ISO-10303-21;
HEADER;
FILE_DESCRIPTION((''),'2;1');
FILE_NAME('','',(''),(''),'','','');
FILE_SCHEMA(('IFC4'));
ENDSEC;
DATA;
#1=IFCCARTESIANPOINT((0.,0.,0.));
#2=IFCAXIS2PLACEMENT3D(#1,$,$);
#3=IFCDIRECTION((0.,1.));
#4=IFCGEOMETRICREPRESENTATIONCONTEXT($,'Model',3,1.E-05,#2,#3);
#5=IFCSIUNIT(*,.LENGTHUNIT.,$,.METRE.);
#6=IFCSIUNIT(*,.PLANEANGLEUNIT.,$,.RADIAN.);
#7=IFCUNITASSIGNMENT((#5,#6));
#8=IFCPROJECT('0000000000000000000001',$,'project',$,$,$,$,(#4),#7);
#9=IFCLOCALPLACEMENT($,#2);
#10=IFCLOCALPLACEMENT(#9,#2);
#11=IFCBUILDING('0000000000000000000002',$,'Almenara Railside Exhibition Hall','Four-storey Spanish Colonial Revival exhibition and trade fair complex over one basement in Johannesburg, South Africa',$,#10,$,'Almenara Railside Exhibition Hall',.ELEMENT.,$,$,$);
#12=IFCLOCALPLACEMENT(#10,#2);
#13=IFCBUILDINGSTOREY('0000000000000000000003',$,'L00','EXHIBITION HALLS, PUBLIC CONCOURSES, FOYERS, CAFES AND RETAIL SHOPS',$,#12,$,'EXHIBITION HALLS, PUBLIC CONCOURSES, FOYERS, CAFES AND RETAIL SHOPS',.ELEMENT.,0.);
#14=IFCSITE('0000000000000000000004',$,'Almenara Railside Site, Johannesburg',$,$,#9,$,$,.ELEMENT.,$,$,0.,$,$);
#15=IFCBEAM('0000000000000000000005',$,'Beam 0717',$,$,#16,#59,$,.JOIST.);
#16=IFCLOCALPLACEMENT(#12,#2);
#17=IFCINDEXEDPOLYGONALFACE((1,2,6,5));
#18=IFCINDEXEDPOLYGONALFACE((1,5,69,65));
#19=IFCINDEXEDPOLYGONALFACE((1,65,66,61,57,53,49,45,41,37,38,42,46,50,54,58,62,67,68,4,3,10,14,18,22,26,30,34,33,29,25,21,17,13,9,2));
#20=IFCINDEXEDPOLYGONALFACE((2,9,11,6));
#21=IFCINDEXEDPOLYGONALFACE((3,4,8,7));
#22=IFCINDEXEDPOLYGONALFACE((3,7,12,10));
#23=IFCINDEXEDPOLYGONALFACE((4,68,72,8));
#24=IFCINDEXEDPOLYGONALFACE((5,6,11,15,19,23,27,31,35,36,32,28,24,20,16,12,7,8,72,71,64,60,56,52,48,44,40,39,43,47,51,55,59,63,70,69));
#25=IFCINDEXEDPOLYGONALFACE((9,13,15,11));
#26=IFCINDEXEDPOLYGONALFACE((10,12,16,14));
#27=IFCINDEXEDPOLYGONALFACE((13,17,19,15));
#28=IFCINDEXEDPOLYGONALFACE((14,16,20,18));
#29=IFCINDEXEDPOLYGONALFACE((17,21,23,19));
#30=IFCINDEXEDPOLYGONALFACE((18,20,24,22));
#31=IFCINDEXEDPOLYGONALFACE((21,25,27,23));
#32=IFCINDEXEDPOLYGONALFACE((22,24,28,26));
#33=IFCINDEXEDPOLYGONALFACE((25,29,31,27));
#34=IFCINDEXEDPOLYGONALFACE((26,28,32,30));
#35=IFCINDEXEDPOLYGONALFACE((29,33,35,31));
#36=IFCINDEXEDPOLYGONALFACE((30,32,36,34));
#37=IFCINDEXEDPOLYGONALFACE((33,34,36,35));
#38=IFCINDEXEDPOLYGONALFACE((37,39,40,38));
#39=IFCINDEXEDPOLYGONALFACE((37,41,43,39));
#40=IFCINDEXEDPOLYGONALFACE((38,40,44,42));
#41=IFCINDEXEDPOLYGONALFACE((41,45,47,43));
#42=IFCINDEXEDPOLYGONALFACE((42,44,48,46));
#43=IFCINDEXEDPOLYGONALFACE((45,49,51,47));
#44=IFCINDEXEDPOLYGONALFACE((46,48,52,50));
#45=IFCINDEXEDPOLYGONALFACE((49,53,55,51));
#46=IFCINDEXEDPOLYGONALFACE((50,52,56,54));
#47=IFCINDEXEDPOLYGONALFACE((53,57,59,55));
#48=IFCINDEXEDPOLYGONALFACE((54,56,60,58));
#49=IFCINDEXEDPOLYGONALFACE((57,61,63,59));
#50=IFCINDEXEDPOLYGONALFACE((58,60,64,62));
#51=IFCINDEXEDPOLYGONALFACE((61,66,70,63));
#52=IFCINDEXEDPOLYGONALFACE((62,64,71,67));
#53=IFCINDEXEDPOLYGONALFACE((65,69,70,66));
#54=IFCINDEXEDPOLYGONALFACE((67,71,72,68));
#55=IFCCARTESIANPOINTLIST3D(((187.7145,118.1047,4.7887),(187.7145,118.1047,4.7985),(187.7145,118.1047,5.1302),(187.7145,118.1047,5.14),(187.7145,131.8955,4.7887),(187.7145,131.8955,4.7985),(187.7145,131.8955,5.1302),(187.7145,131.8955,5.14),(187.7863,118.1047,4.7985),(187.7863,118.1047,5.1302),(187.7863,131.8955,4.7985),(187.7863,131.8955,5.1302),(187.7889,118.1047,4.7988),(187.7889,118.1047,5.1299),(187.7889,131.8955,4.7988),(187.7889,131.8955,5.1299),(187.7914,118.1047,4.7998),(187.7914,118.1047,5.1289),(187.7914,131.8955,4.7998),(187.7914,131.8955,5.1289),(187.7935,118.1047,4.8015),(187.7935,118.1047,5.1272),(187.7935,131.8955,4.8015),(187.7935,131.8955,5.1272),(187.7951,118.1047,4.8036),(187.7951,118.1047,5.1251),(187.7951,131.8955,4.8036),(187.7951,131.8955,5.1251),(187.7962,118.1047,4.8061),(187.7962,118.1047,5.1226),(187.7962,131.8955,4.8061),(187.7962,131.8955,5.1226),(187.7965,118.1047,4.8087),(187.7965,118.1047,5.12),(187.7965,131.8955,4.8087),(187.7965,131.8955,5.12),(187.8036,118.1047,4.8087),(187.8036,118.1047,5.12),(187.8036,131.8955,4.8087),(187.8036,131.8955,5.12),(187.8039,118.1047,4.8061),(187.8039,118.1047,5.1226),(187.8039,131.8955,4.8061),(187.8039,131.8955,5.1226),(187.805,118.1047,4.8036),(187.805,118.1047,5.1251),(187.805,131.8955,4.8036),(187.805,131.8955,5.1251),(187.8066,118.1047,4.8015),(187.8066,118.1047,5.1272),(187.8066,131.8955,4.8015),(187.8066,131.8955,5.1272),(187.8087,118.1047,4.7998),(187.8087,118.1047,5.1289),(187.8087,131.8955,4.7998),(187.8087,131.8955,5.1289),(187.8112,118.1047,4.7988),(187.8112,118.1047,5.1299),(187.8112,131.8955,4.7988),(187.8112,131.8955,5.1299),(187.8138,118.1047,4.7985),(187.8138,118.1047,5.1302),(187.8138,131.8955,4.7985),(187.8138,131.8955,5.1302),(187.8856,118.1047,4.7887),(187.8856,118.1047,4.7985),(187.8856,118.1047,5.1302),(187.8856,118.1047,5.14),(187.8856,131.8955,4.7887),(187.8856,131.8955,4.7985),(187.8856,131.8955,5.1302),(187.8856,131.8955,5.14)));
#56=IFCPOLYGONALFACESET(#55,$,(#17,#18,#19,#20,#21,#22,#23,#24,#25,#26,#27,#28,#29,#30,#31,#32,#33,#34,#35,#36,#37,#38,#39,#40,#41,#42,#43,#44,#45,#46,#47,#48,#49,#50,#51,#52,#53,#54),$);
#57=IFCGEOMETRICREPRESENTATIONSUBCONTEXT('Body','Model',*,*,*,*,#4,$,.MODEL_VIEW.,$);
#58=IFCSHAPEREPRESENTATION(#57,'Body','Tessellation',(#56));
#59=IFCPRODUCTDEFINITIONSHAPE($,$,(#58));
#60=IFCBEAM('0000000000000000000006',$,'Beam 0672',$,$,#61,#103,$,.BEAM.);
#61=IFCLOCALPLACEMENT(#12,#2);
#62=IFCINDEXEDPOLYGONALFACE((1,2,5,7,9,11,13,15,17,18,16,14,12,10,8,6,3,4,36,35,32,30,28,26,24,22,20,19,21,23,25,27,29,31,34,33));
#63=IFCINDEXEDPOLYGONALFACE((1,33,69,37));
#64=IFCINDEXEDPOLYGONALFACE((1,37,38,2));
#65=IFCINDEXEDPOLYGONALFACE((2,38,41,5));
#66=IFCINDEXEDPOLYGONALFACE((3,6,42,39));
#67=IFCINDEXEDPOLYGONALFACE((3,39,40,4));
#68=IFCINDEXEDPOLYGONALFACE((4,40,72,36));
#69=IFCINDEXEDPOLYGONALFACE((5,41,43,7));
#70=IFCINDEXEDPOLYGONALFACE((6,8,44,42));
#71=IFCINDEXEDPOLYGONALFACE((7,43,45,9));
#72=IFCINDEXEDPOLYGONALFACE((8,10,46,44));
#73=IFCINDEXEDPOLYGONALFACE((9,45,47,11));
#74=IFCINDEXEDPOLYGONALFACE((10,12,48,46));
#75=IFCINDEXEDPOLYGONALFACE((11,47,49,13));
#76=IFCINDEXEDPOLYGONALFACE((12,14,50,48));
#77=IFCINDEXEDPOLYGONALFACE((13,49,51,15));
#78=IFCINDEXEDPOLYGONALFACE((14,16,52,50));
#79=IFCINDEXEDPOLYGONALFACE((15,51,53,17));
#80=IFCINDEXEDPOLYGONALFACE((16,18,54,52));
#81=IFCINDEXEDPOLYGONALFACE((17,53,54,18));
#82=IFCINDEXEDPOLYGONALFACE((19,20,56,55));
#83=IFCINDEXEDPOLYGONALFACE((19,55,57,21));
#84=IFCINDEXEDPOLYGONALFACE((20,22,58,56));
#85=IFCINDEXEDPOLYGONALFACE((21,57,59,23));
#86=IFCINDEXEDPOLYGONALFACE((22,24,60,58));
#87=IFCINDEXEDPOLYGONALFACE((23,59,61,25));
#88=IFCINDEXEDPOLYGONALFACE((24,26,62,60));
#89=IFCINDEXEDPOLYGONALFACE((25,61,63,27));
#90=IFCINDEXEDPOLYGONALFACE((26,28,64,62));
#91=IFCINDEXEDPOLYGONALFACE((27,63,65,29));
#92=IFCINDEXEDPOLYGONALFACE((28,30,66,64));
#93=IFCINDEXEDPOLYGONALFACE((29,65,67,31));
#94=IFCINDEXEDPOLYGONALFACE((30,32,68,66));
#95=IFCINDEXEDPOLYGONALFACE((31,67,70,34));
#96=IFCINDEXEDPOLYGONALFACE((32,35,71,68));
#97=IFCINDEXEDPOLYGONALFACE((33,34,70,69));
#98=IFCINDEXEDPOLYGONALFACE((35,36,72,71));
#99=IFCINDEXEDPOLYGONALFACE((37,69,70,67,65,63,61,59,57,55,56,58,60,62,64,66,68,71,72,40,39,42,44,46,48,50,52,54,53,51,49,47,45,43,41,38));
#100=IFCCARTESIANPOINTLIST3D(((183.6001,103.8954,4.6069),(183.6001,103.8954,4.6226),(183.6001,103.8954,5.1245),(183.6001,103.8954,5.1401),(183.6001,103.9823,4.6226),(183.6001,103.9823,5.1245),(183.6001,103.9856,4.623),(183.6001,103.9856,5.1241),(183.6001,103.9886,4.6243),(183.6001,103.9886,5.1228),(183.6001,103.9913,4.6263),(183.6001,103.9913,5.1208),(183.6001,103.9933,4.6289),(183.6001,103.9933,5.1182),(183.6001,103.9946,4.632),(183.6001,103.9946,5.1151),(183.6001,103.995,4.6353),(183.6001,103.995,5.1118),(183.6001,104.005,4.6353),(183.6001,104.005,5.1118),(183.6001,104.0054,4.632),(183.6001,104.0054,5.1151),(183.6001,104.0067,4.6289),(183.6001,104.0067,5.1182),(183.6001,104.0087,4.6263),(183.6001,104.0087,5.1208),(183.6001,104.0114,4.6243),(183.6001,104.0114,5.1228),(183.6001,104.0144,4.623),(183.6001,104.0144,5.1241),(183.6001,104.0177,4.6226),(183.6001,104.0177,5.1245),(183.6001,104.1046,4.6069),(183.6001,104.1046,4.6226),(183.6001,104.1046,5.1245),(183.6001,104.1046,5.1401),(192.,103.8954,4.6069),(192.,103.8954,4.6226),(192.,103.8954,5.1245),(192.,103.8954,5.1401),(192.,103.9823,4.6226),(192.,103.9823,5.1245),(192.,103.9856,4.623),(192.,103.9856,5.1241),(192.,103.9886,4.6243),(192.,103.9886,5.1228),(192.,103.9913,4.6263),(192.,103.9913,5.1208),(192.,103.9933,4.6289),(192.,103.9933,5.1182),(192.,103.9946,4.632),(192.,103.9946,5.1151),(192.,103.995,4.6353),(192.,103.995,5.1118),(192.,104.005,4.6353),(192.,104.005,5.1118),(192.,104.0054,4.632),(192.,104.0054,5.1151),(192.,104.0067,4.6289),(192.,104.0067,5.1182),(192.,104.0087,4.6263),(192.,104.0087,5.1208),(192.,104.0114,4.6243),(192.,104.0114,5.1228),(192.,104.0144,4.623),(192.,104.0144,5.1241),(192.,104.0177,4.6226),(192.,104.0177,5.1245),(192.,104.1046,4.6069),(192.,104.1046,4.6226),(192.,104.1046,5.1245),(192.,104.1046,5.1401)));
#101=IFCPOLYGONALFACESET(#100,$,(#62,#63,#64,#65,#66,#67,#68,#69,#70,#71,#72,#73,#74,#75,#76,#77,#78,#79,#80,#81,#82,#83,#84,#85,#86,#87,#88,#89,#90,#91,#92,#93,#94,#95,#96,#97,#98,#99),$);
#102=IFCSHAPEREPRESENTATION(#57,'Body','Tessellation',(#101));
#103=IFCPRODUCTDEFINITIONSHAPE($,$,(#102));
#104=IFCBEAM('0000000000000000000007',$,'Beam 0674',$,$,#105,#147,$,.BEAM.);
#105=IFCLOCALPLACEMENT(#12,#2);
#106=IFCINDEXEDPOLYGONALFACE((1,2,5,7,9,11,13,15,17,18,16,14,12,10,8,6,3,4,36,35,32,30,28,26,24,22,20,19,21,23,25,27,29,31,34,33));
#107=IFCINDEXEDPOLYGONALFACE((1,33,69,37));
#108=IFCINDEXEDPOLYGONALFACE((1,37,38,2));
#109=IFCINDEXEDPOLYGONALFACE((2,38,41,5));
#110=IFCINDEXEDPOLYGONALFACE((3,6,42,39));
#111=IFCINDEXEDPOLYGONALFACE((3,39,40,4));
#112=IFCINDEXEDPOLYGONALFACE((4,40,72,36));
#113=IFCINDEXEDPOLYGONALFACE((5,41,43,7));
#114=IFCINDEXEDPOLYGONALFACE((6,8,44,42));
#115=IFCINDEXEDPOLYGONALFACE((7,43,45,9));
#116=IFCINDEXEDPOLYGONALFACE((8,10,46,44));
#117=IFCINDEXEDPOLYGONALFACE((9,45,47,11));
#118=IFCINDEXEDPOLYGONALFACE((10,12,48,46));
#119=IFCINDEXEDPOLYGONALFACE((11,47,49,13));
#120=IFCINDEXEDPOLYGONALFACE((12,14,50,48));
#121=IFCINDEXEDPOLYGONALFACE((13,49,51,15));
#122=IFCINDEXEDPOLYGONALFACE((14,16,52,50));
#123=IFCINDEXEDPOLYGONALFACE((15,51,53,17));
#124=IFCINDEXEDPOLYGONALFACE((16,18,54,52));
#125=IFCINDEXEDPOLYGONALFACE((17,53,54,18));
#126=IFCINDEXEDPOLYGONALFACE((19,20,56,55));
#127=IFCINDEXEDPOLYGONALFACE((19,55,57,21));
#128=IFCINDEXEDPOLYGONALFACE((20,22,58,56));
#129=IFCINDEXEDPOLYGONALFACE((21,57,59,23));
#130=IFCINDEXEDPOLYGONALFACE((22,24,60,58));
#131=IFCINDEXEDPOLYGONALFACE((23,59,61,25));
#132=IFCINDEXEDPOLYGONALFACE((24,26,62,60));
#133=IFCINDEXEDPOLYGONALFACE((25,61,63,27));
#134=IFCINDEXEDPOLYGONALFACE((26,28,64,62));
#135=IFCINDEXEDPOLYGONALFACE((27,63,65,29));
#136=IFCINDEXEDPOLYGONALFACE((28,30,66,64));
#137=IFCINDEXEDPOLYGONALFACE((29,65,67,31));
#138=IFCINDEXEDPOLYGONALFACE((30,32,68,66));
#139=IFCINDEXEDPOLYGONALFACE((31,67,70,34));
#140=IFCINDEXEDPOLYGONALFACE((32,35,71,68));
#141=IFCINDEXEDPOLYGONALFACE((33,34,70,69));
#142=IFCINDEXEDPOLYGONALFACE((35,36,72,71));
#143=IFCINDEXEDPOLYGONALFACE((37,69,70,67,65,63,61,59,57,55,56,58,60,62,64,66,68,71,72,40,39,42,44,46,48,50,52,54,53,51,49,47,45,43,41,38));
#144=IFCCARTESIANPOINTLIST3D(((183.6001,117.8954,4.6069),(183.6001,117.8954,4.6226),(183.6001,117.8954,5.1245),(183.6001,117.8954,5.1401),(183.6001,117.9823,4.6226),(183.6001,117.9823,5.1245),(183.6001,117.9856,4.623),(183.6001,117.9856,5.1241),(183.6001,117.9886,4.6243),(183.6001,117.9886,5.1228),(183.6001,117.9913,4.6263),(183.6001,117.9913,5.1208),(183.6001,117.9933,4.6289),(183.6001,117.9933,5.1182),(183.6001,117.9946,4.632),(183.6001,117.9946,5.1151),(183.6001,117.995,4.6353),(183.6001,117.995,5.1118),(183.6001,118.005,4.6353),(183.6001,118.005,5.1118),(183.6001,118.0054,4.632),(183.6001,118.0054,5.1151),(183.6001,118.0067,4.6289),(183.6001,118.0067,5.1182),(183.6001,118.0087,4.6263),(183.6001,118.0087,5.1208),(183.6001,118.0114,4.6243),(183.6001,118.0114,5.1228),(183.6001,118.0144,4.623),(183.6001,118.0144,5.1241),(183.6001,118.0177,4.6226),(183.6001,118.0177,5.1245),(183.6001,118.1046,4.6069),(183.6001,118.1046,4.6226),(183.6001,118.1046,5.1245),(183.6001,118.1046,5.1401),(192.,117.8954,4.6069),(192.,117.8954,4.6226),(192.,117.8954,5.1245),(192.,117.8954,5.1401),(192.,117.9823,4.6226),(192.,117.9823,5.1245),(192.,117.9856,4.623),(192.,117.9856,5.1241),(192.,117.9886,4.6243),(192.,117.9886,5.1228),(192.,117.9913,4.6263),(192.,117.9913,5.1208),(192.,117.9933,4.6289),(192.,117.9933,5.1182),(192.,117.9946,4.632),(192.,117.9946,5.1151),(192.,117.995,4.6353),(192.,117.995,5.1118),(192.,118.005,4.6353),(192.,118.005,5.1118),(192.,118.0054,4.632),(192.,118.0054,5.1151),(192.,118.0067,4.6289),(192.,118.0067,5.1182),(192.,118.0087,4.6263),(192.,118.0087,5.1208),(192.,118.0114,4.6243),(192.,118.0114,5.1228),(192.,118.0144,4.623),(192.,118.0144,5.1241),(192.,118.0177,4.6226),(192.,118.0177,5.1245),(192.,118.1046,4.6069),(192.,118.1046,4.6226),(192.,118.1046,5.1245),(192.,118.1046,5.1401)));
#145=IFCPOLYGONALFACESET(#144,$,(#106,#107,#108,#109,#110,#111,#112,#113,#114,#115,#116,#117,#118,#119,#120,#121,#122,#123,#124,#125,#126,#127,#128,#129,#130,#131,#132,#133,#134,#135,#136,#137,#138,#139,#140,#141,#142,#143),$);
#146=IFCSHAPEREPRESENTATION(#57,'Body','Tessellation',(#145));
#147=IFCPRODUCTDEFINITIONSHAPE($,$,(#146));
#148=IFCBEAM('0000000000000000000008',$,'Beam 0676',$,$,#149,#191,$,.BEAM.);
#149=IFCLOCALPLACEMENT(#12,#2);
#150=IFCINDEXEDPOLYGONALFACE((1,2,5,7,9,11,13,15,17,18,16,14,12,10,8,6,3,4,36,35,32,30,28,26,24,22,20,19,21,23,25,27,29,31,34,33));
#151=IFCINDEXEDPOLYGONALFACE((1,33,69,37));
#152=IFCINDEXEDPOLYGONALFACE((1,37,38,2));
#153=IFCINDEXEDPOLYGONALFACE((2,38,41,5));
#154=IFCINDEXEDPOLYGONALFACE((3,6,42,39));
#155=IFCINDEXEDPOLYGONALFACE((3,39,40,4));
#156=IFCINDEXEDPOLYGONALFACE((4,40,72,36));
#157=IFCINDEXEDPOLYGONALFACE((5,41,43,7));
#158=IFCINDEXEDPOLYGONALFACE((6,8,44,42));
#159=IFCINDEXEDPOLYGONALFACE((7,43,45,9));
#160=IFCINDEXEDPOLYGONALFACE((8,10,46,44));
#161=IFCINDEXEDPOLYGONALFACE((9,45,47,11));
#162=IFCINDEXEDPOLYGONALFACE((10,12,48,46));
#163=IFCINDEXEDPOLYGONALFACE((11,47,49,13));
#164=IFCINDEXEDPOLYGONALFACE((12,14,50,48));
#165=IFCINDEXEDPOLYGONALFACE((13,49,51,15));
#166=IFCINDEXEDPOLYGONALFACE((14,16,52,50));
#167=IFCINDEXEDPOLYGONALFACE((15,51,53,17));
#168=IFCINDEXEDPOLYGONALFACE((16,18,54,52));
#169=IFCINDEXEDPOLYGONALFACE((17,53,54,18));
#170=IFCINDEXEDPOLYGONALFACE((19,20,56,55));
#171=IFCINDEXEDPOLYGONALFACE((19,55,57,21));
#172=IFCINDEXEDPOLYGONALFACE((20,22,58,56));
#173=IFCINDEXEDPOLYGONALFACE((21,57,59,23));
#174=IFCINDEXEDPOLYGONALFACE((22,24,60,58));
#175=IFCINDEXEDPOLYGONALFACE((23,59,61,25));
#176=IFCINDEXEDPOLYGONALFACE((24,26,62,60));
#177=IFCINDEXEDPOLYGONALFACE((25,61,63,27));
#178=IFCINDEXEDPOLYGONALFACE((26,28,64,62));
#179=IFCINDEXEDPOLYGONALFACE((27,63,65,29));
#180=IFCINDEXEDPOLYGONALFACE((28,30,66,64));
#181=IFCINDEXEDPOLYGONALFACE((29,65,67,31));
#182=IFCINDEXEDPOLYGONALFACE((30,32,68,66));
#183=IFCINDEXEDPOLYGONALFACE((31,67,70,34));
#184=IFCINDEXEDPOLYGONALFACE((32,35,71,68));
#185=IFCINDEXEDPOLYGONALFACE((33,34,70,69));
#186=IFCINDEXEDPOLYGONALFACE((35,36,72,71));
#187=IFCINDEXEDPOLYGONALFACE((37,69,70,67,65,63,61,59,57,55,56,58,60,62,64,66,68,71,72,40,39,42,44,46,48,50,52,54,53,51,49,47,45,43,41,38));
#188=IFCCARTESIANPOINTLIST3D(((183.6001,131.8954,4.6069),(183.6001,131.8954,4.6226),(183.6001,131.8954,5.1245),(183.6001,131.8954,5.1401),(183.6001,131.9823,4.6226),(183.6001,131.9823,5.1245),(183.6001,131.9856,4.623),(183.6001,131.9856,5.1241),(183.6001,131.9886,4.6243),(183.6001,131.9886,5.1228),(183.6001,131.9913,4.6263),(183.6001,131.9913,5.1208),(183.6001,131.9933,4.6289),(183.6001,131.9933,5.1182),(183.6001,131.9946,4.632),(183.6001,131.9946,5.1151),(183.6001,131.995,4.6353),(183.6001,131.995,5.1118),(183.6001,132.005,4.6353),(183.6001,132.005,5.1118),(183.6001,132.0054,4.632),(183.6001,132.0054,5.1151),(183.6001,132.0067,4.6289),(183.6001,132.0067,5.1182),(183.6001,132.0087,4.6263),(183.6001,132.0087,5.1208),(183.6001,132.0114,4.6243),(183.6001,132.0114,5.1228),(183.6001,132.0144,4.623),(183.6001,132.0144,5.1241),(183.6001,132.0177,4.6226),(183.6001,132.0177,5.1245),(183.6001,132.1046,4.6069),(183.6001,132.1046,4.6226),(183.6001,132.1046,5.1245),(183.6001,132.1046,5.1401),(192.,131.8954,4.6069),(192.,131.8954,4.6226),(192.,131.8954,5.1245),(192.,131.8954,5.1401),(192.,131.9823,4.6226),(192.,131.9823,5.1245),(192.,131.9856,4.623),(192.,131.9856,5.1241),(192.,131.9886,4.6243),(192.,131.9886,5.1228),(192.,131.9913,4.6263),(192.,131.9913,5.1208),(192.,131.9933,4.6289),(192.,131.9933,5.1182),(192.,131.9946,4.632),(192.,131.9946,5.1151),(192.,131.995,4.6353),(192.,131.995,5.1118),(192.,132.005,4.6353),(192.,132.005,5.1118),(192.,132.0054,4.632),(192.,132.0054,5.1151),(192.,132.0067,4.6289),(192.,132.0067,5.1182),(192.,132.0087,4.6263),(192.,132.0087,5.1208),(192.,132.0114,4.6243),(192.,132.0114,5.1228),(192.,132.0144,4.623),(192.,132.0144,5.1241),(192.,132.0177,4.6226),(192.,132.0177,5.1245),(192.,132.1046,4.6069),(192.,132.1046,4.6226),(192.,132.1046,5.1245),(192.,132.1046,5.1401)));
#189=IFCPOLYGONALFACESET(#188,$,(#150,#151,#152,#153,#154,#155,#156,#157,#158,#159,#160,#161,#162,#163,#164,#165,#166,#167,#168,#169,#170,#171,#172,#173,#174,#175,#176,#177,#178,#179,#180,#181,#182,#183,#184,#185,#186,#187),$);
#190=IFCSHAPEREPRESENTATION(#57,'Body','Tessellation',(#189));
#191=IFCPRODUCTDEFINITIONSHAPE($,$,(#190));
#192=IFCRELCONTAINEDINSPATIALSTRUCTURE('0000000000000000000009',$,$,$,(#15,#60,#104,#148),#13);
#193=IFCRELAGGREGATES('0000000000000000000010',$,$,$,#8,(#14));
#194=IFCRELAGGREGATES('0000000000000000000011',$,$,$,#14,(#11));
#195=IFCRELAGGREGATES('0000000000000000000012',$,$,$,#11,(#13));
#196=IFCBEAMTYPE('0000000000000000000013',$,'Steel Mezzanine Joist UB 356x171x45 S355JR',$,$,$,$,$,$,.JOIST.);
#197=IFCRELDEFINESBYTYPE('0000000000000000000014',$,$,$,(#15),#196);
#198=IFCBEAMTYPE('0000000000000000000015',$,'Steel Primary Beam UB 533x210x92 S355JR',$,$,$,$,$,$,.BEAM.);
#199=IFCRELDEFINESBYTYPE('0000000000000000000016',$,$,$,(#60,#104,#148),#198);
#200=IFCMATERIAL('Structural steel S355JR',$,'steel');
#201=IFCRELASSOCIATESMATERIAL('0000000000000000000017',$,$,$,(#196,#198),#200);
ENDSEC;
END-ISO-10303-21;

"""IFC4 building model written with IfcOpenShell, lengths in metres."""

from ifc_helpers import new_model, si_unit, direction, frame, origin, origin_2d, place, context, subcontext, project, spatial, i_section, extrude, material, material_profile, profile_set, type_object, element, save


model = new_model("IFC4")

# Units and contexts
model_context = context("Model", 3, precision=1e-05, world=origin(), true_north=direction((0.0, 1.0)))
body_context = subcontext(model_context, "Body", "Model", "MODEL_VIEW")
ifc_project = project(units=[si_unit("LENGTHUNIT", "METRE"), si_unit("PLANEANGLEUNIT", "RADIAN")], contexts=[model_context])

# Site, building, storey
site_placement = place(None, origin())
site = spatial("IfcSite", under=ifc_project, at=site_placement, Name="Almenara Railside Site, Johannesburg", CompositionType="ELEMENT", RefElevation=0.0)
building_placement = place(site_placement, origin())
building = spatial("IfcBuilding", under=site, at=building_placement, Name="Almenara Railside Exhibition Hall", Description="Four-storey Spanish Colonial Revival exhibition and trade fair complex over one basement in Johannesburg, South Africa", LongName="Almenara Railside Exhibition Hall", CompositionType="ELEMENT")
storey_placement = place(building_placement, origin())
storey = spatial("IfcBuildingStorey", under=building, at=storey_placement, Name="L00", Description="EXHIBITION HALLS, PUBLIC CONCOURSES, FOYERS, CAFES AND RETAIL SHOPS", LongName="EXHIBITION HALLS, PUBLIC CONCOURSES, FOYERS, CAFES AND RETAIL SHOPS", CompositionType="ELEMENT", Elevation=0.0)

# Beams
ifc_material_1 = material(Name="Structural steel S355JR", Category="steel")
ifc_material_profile_1 = material_profile(ifc_material_1, i_section(OverallWidth=0.1711, OverallDepth=0.3513, WebThickness=0.0071, FlangeThickness=0.0098, FilletRadius=0.0103, at=origin_2d()), Name="UB 356x171x45")
ifc_profile_set_1 = profile_set([ifc_material_profile_1], Name="Structural steel S355JR")
beam_type_1 = type_object("IfcBeamType", Name="Steel Mezzanine Joist UB 356x171x45 S355JR", PredefinedType="JOIST", material=ifc_profile_set_1)
beam_1_placement = place(storey_placement, frame((187.8, 118.1047, 4.9644), z_axis=(0.0, 1.0, 0.0), x_axis=(-1.0, 0.0, 0.0)))
element("IfcBeam", 1, at=beam_1_placement, inside=storey, type_object=beam_type_1, Name="Beam 0717", PredefinedType="JOIST", context=body_context, shape_type="SweptSolid", body=[
    extrude(i_section(OverallWidth=0.1711, OverallDepth=0.3513, WebThickness=0.0071, FlangeThickness=0.0098, FilletRadius=0.0103, at=origin_2d()), origin(), (0.0, 0.0, 1.0), 13.7908),
])
ifc_material_profile_2 = material_profile(ifc_material_1, i_section(OverallWidth=0.2092, OverallDepth=0.5332, WebThickness=0.01, FlangeThickness=0.0156, FilletRadius=0.0127, at=origin_2d()), Name="UB 533x210x92")
ifc_profile_set_2 = profile_set([ifc_material_profile_2], Name="Structural steel S355JR")
beam_type_2 = type_object("IfcBeamType", Name="Steel Primary Beam UB 533x210x92 S355JR", PredefinedType="BEAM", material=ifc_profile_set_2)
for number, where, z_axis, x_axis, name in (
    (2, (183.6001, 104.0, 4.8735), (1.0, 0.0, 0.0), (0.0, 1.0, 0.0), "Beam 0672"),
    (3, (183.6001, 118.0, 4.8735), (1.0, 0.0, 0.0), (0.0, 1.0, 0.0), "Beam 0674"),
    (4, (183.6001, 132.0, 4.8735), (1.0, 0.0, 0.0), (0.0, 1.0, 0.0), "Beam 0676"),
):
    element("IfcBeam", number, at=place(storey_placement, frame(where, z_axis=z_axis, x_axis=x_axis)), inside=storey, type_object=beam_type_2, Name=name, PredefinedType="BEAM", context=body_context, shape_type="SweptSolid", body=[
        extrude(i_section(OverallWidth=0.2092, OverallDepth=0.5332, WebThickness=0.01, FlangeThickness=0.0156, FilletRadius=0.0127, at=origin_2d()), origin(), (0.0, 0.0, 1.0), 8.3999),
    ])

save(model, "model.ifc")
